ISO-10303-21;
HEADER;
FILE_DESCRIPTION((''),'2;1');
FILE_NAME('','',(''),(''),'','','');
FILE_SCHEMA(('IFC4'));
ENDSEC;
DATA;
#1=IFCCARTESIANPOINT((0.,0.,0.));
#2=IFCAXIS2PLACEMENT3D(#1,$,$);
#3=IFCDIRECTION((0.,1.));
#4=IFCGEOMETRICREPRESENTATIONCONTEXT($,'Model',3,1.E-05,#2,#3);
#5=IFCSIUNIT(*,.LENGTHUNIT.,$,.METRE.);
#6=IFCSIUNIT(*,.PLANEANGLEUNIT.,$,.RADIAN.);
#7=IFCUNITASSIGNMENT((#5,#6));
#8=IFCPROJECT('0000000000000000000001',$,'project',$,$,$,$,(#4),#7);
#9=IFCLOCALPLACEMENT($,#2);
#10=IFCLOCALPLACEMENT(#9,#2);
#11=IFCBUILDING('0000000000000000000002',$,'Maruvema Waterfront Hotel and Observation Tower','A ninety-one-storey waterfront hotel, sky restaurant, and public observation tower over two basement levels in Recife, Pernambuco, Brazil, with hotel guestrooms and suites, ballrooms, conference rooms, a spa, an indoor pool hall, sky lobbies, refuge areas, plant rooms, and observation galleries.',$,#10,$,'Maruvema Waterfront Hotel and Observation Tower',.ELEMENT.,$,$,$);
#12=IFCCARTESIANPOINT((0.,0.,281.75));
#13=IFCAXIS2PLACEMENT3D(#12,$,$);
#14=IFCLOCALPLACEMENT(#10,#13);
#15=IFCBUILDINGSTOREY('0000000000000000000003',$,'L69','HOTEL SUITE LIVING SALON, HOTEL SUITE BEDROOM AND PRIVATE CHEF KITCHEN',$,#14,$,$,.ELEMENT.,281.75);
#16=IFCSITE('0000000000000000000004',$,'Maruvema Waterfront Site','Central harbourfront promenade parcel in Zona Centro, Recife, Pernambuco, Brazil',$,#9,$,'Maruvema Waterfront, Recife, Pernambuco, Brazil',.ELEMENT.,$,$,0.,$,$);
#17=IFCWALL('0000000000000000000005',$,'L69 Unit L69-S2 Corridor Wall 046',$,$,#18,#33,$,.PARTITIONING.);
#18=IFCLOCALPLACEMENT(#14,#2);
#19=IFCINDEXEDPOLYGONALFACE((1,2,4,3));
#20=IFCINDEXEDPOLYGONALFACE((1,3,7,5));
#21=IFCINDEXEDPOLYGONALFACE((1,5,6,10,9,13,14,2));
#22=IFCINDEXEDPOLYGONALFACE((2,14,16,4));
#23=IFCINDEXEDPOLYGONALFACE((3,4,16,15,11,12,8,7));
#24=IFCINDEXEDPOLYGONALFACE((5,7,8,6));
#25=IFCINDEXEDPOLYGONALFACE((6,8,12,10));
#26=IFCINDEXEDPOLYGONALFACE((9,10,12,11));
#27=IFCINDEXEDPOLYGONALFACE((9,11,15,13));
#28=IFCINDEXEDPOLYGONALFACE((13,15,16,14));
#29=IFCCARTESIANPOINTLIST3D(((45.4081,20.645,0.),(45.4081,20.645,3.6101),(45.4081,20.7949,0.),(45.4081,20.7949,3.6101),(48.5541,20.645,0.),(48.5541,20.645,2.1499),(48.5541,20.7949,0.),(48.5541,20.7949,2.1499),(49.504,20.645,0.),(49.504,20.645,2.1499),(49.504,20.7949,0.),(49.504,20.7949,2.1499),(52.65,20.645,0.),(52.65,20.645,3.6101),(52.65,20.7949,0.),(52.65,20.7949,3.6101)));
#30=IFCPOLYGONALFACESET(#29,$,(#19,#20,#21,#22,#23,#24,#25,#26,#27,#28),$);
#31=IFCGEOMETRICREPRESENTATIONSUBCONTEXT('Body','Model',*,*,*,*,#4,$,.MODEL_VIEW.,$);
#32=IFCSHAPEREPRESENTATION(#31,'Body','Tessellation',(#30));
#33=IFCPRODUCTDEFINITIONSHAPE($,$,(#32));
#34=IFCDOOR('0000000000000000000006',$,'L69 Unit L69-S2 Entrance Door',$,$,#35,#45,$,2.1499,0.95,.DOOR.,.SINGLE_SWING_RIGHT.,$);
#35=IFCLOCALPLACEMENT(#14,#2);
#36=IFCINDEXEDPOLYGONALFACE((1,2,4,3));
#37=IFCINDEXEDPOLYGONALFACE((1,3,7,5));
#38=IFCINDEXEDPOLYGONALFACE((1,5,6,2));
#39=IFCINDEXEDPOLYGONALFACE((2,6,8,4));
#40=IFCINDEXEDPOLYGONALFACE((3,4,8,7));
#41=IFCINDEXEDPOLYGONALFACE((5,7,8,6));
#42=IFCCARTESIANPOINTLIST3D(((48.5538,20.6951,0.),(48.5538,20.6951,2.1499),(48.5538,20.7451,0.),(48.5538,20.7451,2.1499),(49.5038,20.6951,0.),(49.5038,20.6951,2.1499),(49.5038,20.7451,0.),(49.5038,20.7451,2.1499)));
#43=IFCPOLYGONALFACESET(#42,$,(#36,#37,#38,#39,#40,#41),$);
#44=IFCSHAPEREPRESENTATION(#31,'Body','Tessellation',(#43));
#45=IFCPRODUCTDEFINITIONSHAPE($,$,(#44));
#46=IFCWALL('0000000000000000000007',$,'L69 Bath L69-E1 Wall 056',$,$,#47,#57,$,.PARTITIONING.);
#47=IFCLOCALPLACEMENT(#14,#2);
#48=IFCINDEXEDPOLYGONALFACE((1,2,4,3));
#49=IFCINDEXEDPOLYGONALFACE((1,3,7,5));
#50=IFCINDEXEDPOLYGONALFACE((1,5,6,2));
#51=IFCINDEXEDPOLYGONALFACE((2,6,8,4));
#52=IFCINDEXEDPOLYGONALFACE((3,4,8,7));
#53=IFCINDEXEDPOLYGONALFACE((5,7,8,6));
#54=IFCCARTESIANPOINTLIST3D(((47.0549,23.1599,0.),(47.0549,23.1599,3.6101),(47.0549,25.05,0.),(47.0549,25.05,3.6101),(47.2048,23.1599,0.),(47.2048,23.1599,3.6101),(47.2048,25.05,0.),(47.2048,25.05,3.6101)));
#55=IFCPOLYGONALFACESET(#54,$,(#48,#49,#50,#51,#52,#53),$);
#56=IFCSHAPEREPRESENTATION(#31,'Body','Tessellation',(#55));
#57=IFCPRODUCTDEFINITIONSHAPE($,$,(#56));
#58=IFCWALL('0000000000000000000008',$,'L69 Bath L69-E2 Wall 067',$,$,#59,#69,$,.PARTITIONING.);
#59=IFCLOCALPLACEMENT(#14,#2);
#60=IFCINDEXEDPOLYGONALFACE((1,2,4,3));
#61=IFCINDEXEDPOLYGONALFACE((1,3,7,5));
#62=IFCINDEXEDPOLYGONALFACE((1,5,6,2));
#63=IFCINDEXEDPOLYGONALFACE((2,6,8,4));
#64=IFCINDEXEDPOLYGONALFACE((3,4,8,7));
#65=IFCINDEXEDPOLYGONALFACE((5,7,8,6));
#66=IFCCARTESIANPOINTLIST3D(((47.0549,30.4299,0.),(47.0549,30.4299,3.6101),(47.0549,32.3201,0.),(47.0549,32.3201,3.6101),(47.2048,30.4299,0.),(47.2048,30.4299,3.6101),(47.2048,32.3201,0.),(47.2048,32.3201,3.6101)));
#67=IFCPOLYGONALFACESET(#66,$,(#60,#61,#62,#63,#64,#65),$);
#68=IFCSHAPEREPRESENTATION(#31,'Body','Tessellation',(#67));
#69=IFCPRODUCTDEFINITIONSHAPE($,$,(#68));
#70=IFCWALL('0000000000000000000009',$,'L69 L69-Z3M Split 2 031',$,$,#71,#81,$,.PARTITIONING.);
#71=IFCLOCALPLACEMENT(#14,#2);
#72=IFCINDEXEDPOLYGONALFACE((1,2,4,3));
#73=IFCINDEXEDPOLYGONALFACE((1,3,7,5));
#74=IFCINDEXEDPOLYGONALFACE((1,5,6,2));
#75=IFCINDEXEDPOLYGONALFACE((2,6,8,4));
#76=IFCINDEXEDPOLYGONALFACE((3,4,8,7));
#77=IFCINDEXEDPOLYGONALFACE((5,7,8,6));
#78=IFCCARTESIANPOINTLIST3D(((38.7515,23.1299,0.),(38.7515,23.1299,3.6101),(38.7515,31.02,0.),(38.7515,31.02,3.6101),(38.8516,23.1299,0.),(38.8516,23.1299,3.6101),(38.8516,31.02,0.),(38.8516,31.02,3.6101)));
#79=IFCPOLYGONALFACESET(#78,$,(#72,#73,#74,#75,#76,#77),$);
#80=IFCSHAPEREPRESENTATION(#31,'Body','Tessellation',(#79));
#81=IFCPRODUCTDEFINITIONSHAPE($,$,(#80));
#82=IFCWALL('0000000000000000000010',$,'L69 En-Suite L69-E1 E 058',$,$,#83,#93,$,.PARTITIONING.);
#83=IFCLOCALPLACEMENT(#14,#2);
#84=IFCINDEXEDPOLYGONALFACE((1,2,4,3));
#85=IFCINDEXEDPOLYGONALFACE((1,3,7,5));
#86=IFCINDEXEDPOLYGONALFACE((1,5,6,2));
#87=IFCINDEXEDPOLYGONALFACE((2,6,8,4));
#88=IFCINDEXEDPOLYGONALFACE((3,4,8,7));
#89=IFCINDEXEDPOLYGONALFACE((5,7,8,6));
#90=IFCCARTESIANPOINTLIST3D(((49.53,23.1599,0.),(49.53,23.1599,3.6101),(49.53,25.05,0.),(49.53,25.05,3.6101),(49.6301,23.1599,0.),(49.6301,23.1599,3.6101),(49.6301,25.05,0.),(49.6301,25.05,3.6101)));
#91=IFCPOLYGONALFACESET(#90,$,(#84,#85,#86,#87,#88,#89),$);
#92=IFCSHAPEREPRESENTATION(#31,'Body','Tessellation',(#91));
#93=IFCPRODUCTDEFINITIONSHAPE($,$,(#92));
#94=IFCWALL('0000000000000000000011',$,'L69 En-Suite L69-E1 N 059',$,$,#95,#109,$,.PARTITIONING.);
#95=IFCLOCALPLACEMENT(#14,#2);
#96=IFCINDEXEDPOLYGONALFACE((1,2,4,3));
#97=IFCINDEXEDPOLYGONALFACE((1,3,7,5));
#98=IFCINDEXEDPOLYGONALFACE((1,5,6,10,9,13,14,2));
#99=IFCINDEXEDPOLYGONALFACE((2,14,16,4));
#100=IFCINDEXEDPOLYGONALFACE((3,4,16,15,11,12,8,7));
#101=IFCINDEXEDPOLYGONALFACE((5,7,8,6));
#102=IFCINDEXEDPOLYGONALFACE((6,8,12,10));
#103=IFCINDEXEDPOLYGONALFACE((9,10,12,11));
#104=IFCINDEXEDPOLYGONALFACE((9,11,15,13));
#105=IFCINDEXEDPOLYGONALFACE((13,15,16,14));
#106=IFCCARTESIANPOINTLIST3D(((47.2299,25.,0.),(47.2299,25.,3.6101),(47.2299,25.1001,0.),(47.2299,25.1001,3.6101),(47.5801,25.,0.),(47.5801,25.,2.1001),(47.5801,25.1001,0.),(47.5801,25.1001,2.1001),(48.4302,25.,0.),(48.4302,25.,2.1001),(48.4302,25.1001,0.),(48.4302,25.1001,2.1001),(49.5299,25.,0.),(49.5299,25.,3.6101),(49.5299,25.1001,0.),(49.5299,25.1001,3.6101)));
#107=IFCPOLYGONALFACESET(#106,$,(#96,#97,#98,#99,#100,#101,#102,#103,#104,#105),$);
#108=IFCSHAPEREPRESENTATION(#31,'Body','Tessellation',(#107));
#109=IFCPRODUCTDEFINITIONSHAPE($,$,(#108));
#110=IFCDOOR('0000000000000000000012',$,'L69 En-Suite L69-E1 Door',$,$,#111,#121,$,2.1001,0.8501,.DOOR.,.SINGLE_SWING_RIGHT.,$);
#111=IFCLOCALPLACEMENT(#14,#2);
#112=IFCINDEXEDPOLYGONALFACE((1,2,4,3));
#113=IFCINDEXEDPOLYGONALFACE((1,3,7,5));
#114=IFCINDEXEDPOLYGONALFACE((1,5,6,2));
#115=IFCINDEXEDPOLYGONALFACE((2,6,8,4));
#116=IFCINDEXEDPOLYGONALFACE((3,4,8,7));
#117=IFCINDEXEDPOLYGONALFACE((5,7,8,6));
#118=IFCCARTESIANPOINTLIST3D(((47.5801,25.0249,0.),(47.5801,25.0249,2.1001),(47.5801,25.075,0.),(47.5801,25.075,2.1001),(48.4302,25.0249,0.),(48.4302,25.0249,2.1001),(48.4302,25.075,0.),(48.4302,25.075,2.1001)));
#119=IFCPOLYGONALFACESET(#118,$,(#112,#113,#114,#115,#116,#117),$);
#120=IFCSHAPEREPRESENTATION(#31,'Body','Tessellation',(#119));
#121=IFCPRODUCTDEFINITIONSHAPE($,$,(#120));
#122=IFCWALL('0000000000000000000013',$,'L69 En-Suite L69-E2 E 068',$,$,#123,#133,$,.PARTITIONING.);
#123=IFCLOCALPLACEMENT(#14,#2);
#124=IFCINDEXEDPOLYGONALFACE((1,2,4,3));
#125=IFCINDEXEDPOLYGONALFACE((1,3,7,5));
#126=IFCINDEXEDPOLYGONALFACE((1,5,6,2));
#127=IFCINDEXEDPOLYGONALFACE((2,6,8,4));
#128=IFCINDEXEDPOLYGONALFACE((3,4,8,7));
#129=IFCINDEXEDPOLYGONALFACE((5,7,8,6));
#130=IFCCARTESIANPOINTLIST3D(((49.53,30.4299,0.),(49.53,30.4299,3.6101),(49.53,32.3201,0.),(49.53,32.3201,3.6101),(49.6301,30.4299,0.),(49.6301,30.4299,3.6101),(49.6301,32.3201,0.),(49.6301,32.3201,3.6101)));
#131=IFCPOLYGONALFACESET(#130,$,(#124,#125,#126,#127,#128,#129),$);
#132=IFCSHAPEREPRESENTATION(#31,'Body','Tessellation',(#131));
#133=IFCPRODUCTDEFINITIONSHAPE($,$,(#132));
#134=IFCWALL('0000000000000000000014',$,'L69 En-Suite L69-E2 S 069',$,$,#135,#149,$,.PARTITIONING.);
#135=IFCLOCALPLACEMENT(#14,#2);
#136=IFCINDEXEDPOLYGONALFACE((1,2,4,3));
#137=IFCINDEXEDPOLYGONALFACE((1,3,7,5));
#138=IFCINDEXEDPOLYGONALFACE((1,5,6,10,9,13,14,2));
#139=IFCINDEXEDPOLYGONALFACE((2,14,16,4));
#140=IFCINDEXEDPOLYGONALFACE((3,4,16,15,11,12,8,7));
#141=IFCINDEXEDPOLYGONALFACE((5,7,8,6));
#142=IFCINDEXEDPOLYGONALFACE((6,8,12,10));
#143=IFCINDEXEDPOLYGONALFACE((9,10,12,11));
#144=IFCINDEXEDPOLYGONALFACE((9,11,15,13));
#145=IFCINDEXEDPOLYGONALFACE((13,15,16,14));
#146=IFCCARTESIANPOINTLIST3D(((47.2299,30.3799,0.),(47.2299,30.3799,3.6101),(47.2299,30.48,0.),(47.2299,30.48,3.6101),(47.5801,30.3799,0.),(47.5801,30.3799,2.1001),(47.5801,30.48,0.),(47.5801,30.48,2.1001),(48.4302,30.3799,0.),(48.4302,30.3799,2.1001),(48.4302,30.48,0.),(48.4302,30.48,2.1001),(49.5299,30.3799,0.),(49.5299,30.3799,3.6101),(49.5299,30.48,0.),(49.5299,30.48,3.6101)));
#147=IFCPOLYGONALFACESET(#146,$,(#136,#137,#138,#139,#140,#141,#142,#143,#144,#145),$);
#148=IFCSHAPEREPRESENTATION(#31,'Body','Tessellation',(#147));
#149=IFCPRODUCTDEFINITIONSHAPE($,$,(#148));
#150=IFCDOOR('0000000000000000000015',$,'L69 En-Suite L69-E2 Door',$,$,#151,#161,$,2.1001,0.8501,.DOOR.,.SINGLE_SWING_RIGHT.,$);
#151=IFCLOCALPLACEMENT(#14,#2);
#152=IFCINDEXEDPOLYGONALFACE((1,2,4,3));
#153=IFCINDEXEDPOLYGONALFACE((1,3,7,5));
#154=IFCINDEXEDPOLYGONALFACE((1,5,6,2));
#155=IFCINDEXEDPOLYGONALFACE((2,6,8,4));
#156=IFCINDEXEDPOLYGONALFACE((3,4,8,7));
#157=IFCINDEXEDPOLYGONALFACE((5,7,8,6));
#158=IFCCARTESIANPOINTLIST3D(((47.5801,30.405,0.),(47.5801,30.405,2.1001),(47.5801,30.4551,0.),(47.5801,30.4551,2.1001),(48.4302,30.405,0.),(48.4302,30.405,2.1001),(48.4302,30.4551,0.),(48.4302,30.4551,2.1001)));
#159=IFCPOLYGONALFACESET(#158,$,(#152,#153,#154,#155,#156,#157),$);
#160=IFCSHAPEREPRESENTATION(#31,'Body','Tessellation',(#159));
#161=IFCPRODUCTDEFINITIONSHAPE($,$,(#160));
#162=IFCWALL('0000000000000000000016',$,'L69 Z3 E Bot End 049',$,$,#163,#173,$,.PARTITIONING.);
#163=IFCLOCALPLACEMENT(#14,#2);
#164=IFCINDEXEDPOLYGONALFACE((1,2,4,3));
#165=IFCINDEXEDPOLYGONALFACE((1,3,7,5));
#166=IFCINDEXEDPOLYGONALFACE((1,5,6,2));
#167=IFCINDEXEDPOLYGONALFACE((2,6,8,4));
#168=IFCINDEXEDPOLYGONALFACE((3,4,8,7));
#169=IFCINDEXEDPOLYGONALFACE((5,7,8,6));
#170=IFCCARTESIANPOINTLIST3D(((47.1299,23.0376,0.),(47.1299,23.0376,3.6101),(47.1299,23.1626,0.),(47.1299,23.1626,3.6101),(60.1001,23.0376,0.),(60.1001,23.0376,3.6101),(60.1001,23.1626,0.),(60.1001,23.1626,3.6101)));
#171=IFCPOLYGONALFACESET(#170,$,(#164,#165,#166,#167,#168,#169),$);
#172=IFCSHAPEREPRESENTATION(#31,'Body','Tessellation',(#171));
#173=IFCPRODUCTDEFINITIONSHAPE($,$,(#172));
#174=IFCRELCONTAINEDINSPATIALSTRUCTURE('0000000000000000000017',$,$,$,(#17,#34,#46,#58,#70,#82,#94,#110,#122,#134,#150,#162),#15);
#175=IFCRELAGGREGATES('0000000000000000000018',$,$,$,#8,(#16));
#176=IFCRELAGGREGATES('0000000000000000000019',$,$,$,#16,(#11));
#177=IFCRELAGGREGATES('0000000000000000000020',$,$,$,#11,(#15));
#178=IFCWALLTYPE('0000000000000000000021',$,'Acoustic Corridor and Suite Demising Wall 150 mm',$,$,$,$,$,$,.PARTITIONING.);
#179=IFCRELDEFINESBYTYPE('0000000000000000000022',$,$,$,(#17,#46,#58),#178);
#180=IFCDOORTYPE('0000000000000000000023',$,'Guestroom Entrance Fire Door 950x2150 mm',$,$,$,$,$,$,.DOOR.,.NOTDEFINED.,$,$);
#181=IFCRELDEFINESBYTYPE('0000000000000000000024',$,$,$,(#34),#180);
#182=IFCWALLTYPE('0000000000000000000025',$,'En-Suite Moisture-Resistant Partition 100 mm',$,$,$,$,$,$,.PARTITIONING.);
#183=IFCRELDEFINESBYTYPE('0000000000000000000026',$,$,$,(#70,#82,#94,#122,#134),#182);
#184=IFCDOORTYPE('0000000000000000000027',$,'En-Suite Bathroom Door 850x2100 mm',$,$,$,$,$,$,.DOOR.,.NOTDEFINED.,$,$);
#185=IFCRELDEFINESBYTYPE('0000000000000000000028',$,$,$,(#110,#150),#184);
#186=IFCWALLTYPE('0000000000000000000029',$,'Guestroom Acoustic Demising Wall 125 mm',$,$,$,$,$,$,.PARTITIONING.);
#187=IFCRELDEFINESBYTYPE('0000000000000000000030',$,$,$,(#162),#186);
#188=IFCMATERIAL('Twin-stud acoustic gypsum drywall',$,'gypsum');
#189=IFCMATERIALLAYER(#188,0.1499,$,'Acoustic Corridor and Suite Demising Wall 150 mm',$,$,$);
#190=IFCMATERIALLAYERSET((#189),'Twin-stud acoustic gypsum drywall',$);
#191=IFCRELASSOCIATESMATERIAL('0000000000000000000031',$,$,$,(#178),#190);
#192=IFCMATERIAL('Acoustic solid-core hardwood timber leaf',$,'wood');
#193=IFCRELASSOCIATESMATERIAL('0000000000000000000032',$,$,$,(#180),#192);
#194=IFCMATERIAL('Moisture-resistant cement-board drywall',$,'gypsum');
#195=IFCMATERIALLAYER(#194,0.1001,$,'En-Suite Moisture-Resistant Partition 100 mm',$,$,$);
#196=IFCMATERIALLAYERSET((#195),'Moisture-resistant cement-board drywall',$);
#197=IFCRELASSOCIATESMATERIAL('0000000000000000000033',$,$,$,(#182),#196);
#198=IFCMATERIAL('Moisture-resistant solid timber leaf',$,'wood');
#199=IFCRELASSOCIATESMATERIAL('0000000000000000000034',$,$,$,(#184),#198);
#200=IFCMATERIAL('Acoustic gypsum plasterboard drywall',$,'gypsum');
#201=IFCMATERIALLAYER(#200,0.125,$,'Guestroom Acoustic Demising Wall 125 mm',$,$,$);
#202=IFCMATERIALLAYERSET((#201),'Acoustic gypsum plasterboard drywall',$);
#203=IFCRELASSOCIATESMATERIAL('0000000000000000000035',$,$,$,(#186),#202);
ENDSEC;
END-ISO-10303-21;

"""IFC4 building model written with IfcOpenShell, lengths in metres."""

from ifc_helpers import new_model, si_unit, direction, frame, frame_2d, origin, place, context, subcontext, project, spatial, rectangle, extrude, material, layer, layer_set, type_object, element, fill, save


model = new_model("IFC4")

# Units and contexts
model_context = context("Model", 3, precision=1e-05, world=origin(), true_north=direction((0.0, 1.0)))
body_context = subcontext(model_context, "Body", "Model", "MODEL_VIEW")
ifc_project = project(units=[si_unit("LENGTHUNIT", "METRE"), si_unit("PLANEANGLEUNIT", "RADIAN")], contexts=[model_context])

# Site, building, storey
site_placement = place(None, origin())
site = spatial("IfcSite", under=ifc_project, at=site_placement, Name="Maruvema Waterfront Site", Description="Central harbourfront promenade parcel in Zona Centro, Recife, Pernambuco, Brazil", LongName="Maruvema Waterfront, Recife, Pernambuco, Brazil", CompositionType="ELEMENT", RefElevation=0.0)
building_placement = place(site_placement, origin())
building = spatial("IfcBuilding", under=site, at=building_placement, Name="Maruvema Waterfront Hotel and Observation Tower", Description="A ninety-one-storey waterfront hotel, sky restaurant, and public observation tower over two basement levels in Recife, Pernambuco, Brazil, with hotel guestrooms and suites, ballrooms, conference rooms, a spa, an indoor pool hall, sky lobbies, refuge areas, plant rooms, and observation galleries.", LongName="Maruvema Waterfront Hotel and Observation Tower", CompositionType="ELEMENT")
storey_placement = place(building_placement, frame((0.0, 0.0, 281.75)))
storey = spatial("IfcBuildingStorey", under=building, at=storey_placement, Name="L69", Description="HOTEL SUITE LIVING SALON, HOTEL SUITE BEDROOM AND PRIVATE CHEF KITCHEN", CompositionType="ELEMENT", Elevation=281.75)

# Shared definitions
ifc_material_1 = material(Name="Twin-stud acoustic gypsum drywall", Category="gypsum")
ifc_layer_1 = layer(ifc_material_1, 0.1499, Name="Acoustic Corridor and Suite Demising Wall 150 mm")
ifc_layer_set_1 = layer_set([ifc_layer_1], Name="Twin-stud acoustic gypsum drywall")
wall_type_1 = type_object("IfcWallType", Name="Acoustic Corridor and Suite Demising Wall 150 mm", PredefinedType="PARTITIONING", material=ifc_layer_set_1)

# Wall, opening, door
wall_1_placement = place(storey_placement, frame((45.408, 20.72, 0.0), z_axis=(0.0, 0.0, 1.0), x_axis=(1.0, 0.0, 0.0)))
wall_1 = element("IfcWall", 1, at=wall_1_placement, inside=storey, type_object=wall_type_1, Name="L69 Unit L69-S2 Corridor Wall 046", PredefinedType="PARTITIONING", context=body_context, shape_type="SweptSolid", body=[
    extrude(rectangle(XDim=7.2419, YDim=0.1499, at=frame_2d((3.6211, 0.0))), origin(), (0.0, 0.0, 1.0), 3.6101),
])
opening_1_placement = place(wall_1_placement, frame((3.146, 0.0, 0.0)))
opening_1 = element("IfcOpeningElement", 2, at=opening_1_placement, cuts=wall_1, PredefinedType="OPENING", context=body_context, shape_type="SweptSolid", body=[
    extrude(rectangle(XDim=0.95, YDim=2.1499, at=frame_2d((0.4751, 1.075))), frame((0.0, 0.085, 0.0), z_axis=(0.0, -1.0, 0.0), x_axis=(1.0, 0.0, 0.0)), (0.0, 0.0, 1.0), 0.1699),
])
ifc_material_2 = material(Name="Acoustic solid-core hardwood timber leaf", Category="wood")
door_type_1 = type_object("IfcDoorType", Name="Guestroom Entrance Fire Door 950x2150 mm", OperationType="NOTDEFINED", PredefinedType="DOOR", material=ifc_material_2)
door_1_placement = place(opening_1_placement, frame((0.95, 0.0, 0.0), z_axis=(0.0, 0.0, 1.0), x_axis=(-1.0, 0.0, 0.0)))
door_1 = element("IfcDoor", 3, at=door_1_placement, inside=storey, type_object=door_type_1, Name="L69 Unit L69-S2 Entrance Door", OperationType="SINGLE_SWING_RIGHT", OverallHeight=2.1499, OverallWidth=0.95, PredefinedType="DOOR", context=body_context, shape_type="SweptSolid", body=[
    extrude(rectangle(XDim=0.95, YDim=2.1499, at=frame_2d((0.4751, 1.075))), frame((0.0, 0.0249, 0.0), z_axis=(0.0, -1.0, 0.0), x_axis=(1.0, 0.0, 0.0)), (0.0, 0.0, 1.0), 0.05),
])
fill(opening_1, door_1)

# Wall
wall_2_placement = place(storey_placement, frame((47.1299, 23.1599, 0.0), z_axis=(0.0, 0.0, 1.0), x_axis=(0.0, 1.0, 0.0)))
element("IfcWall", 4, at=wall_2_placement, inside=storey, type_object=wall_type_1, Name="L69 Bath L69-E1 Wall 056", PredefinedType="PARTITIONING", context=body_context, shape_type="SweptSolid", body=[
    extrude(rectangle(XDim=1.8901, YDim=0.1499, at=frame_2d((0.9451, 0.0))), origin(), (0.0, 0.0, 1.0), 3.6101),
])

# Walls
wall_3_placement = place(storey_placement, frame((47.1299, 30.4299, 0.0), z_axis=(0.0, 0.0, 1.0), x_axis=(0.0, 1.0, 0.0)))
element("IfcWall", 5, at=wall_3_placement, inside=storey, type_object=wall_type_1, Name="L69 Bath L69-E2 Wall 067", PredefinedType="PARTITIONING", context=body_context, shape_type="SweptSolid", body=[
    extrude(rectangle(XDim=1.8901, YDim=0.1499, at=frame_2d((0.9451, 0.0))), origin(), (0.0, 0.0, 1.0), 3.6101),
])
ifc_material_3 = material(Name="Moisture-resistant cement-board drywall", Category="gypsum")
ifc_layer_2 = layer(ifc_material_3, 0.1001, Name="En-Suite Moisture-Resistant Partition 100 mm")
ifc_layer_set_2 = layer_set([ifc_layer_2], Name="Moisture-resistant cement-board drywall")
wall_type_2 = type_object("IfcWallType", Name="En-Suite Moisture-Resistant Partition 100 mm", PredefinedType="PARTITIONING", material=ifc_layer_set_2)
wall_4_placement = place(storey_placement, frame((38.8015, 23.1299, 0.0), z_axis=(0.0, 0.0, 1.0), x_axis=(0.0, 1.0, 0.0)))
element("IfcWall", 6, at=wall_4_placement, inside=storey, type_object=wall_type_2, Name="L69 L69-Z3M Split 2 031", PredefinedType="PARTITIONING", context=body_context, shape_type="SweptSolid", body=[
    extrude(rectangle(XDim=7.8901, YDim=0.1001, at=frame_2d((3.9451, 0.0))), origin(), (0.0, 0.0, 1.0), 3.6101),
])
wall_5_placement = place(storey_placement, frame((49.5801, 23.1599, 0.0), z_axis=(0.0, 0.0, 1.0), x_axis=(0.0, 1.0, 0.0)))
element("IfcWall", 7, at=wall_5_placement, inside=storey, type_object=wall_type_2, Name="L69 En-Suite L69-E1 E 058", PredefinedType="PARTITIONING", context=body_context, shape_type="SweptSolid", body=[
    extrude(rectangle(XDim=1.8901, YDim=0.1001, at=frame_2d((0.9451, 0.0))), origin(), (0.0, 0.0, 1.0), 3.6101),
])

# Wall, opening, door
wall_6_placement = place(storey_placement, frame((47.23, 25.05, 0.0), z_axis=(0.0, 0.0, 1.0), x_axis=(1.0, 0.0, 0.0)))
wall_6 = element("IfcWall", 8, at=wall_6_placement, inside=storey, type_object=wall_type_2, Name="L69 En-Suite L69-E1 N 059", PredefinedType="PARTITIONING", context=body_context, shape_type="SweptSolid", body=[
    extrude(rectangle(XDim=2.3, YDim=0.1001, at=frame_2d((1.1499, 0.0))), origin(), (0.0, 0.0, 1.0), 3.6101),
])
opening_2_placement = place(wall_6_placement, frame((0.3501, 0.0, 0.0)))
opening_2 = element("IfcOpeningElement", 9, at=opening_2_placement, cuts=wall_6, PredefinedType="OPENING", context=body_context, shape_type="SweptSolid", body=[
    extrude(rectangle(XDim=0.8501, YDim=2.1001, at=frame_2d((0.425, 1.05))), frame((0.0, 0.0601, 0.0), z_axis=(0.0, -1.0, 0.0), x_axis=(1.0, 0.0, 0.0)), (0.0, 0.0, 1.0), 0.1201),
])
ifc_material_4 = material(Name="Moisture-resistant solid timber leaf", Category="wood")
door_type_2 = type_object("IfcDoorType", Name="En-Suite Bathroom Door 850x2100 mm", OperationType="NOTDEFINED", PredefinedType="DOOR", material=ifc_material_4)
door_2_placement = place(opening_2_placement, origin())
door_2 = element("IfcDoor", 10, at=door_2_placement, inside=storey, type_object=door_type_2, Name="L69 En-Suite L69-E1 Door", OperationType="SINGLE_SWING_RIGHT", OverallHeight=2.1001, OverallWidth=0.8501, PredefinedType="DOOR", context=body_context, shape_type="SweptSolid", body=[
    extrude(rectangle(XDim=0.8501, YDim=2.1001, at=frame_2d((0.425, 1.05))), frame((0.0, 0.0249, 0.0), z_axis=(0.0, -1.0, 0.0), x_axis=(1.0, 0.0, 0.0)), (0.0, 0.0, 1.0), 0.05),
])
fill(opening_2, door_2)

# Wall
wall_7_placement = place(storey_placement, frame((49.5801, 30.4299, 0.0), z_axis=(0.0, 0.0, 1.0), x_axis=(0.0, 1.0, 0.0)))
element("IfcWall", 11, at=wall_7_placement, inside=storey, type_object=wall_type_2, Name="L69 En-Suite L69-E2 E 068", PredefinedType="PARTITIONING", context=body_context, shape_type="SweptSolid", body=[
    extrude(rectangle(XDim=1.8901, YDim=0.1001, at=frame_2d((0.9451, 0.0))), origin(), (0.0, 0.0, 1.0), 3.6101),
])

# Wall, opening, door
wall_8_placement = place(storey_placement, frame((47.23, 30.4299, 0.0), z_axis=(0.0, 0.0, 1.0), x_axis=(1.0, 0.0, 0.0)))
wall_8 = element("IfcWall", 12, at=wall_8_placement, inside=storey, type_object=wall_type_2, Name="L69 En-Suite L69-E2 S 069", PredefinedType="PARTITIONING", context=body_context, shape_type="SweptSolid", body=[
    extrude(rectangle(XDim=2.3, YDim=0.1001, at=frame_2d((1.1499, 0.0))), origin(), (0.0, 0.0, 1.0), 3.6101),
])
opening_3_placement = place(wall_8_placement, frame((0.3501, 0.0, 0.0)))
opening_3 = element("IfcOpeningElement", 13, at=opening_3_placement, cuts=wall_8, PredefinedType="OPENING", context=body_context, shape_type="SweptSolid", body=[
    extrude(rectangle(XDim=0.8501, YDim=2.1001, at=frame_2d((0.425, 1.05))), frame((0.0, 0.0601, 0.0), z_axis=(0.0, -1.0, 0.0), x_axis=(1.0, 0.0, 0.0)), (0.0, 0.0, 1.0), 0.1201),
])
door_3_placement = place(opening_3_placement, frame((0.8501, 0.0, 0.0), z_axis=(0.0, 0.0, 1.0), x_axis=(-1.0, 0.0, 0.0)))
door_3 = element("IfcDoor", 14, at=door_3_placement, inside=storey, type_object=door_type_2, Name="L69 En-Suite L69-E2 Door", OperationType="SINGLE_SWING_RIGHT", OverallHeight=2.1001, OverallWidth=0.8501, PredefinedType="DOOR", context=body_context, shape_type="SweptSolid", body=[
    extrude(rectangle(XDim=0.8501, YDim=2.1001, at=frame_2d((0.425, 1.05))), frame((0.0, 0.0249, 0.0), z_axis=(0.0, -1.0, 0.0), x_axis=(1.0, 0.0, 0.0)), (0.0, 0.0, 1.0), 0.05),
])
fill(opening_3, door_3)

# Wall
ifc_material_5 = material(Name="Acoustic gypsum plasterboard drywall", Category="gypsum")
ifc_layer_3 = layer(ifc_material_5, 0.125, Name="Guestroom Acoustic Demising Wall 125 mm")
ifc_layer_set_3 = layer_set([ifc_layer_3], Name="Acoustic gypsum plasterboard drywall")
wall_type_3 = type_object("IfcWallType", Name="Guestroom Acoustic Demising Wall 125 mm", PredefinedType="PARTITIONING", material=ifc_layer_set_3)
for number, where, z_axis, x_axis, name in (
    (15, (47.1299, 23.1001, 0.0), (0.0, 0.0, 1.0), (1.0, 0.0, 0.0), "L69 Z3 E Bot End 049"),
):
    element("IfcWall", number, at=place(storey_placement, frame(where, z_axis=z_axis, x_axis=x_axis)), inside=storey, type_object=wall_type_3, Name=name, PredefinedType="PARTITIONING", context=body_context, shape_type="SweptSolid", body=[
        extrude(rectangle(XDim=12.9702, YDim=0.125, at=frame_2d((6.4851, 0.0))), origin(), (0.0, 0.0, 1.0), 3.6101),
    ])

save(model, "model.ifc")
